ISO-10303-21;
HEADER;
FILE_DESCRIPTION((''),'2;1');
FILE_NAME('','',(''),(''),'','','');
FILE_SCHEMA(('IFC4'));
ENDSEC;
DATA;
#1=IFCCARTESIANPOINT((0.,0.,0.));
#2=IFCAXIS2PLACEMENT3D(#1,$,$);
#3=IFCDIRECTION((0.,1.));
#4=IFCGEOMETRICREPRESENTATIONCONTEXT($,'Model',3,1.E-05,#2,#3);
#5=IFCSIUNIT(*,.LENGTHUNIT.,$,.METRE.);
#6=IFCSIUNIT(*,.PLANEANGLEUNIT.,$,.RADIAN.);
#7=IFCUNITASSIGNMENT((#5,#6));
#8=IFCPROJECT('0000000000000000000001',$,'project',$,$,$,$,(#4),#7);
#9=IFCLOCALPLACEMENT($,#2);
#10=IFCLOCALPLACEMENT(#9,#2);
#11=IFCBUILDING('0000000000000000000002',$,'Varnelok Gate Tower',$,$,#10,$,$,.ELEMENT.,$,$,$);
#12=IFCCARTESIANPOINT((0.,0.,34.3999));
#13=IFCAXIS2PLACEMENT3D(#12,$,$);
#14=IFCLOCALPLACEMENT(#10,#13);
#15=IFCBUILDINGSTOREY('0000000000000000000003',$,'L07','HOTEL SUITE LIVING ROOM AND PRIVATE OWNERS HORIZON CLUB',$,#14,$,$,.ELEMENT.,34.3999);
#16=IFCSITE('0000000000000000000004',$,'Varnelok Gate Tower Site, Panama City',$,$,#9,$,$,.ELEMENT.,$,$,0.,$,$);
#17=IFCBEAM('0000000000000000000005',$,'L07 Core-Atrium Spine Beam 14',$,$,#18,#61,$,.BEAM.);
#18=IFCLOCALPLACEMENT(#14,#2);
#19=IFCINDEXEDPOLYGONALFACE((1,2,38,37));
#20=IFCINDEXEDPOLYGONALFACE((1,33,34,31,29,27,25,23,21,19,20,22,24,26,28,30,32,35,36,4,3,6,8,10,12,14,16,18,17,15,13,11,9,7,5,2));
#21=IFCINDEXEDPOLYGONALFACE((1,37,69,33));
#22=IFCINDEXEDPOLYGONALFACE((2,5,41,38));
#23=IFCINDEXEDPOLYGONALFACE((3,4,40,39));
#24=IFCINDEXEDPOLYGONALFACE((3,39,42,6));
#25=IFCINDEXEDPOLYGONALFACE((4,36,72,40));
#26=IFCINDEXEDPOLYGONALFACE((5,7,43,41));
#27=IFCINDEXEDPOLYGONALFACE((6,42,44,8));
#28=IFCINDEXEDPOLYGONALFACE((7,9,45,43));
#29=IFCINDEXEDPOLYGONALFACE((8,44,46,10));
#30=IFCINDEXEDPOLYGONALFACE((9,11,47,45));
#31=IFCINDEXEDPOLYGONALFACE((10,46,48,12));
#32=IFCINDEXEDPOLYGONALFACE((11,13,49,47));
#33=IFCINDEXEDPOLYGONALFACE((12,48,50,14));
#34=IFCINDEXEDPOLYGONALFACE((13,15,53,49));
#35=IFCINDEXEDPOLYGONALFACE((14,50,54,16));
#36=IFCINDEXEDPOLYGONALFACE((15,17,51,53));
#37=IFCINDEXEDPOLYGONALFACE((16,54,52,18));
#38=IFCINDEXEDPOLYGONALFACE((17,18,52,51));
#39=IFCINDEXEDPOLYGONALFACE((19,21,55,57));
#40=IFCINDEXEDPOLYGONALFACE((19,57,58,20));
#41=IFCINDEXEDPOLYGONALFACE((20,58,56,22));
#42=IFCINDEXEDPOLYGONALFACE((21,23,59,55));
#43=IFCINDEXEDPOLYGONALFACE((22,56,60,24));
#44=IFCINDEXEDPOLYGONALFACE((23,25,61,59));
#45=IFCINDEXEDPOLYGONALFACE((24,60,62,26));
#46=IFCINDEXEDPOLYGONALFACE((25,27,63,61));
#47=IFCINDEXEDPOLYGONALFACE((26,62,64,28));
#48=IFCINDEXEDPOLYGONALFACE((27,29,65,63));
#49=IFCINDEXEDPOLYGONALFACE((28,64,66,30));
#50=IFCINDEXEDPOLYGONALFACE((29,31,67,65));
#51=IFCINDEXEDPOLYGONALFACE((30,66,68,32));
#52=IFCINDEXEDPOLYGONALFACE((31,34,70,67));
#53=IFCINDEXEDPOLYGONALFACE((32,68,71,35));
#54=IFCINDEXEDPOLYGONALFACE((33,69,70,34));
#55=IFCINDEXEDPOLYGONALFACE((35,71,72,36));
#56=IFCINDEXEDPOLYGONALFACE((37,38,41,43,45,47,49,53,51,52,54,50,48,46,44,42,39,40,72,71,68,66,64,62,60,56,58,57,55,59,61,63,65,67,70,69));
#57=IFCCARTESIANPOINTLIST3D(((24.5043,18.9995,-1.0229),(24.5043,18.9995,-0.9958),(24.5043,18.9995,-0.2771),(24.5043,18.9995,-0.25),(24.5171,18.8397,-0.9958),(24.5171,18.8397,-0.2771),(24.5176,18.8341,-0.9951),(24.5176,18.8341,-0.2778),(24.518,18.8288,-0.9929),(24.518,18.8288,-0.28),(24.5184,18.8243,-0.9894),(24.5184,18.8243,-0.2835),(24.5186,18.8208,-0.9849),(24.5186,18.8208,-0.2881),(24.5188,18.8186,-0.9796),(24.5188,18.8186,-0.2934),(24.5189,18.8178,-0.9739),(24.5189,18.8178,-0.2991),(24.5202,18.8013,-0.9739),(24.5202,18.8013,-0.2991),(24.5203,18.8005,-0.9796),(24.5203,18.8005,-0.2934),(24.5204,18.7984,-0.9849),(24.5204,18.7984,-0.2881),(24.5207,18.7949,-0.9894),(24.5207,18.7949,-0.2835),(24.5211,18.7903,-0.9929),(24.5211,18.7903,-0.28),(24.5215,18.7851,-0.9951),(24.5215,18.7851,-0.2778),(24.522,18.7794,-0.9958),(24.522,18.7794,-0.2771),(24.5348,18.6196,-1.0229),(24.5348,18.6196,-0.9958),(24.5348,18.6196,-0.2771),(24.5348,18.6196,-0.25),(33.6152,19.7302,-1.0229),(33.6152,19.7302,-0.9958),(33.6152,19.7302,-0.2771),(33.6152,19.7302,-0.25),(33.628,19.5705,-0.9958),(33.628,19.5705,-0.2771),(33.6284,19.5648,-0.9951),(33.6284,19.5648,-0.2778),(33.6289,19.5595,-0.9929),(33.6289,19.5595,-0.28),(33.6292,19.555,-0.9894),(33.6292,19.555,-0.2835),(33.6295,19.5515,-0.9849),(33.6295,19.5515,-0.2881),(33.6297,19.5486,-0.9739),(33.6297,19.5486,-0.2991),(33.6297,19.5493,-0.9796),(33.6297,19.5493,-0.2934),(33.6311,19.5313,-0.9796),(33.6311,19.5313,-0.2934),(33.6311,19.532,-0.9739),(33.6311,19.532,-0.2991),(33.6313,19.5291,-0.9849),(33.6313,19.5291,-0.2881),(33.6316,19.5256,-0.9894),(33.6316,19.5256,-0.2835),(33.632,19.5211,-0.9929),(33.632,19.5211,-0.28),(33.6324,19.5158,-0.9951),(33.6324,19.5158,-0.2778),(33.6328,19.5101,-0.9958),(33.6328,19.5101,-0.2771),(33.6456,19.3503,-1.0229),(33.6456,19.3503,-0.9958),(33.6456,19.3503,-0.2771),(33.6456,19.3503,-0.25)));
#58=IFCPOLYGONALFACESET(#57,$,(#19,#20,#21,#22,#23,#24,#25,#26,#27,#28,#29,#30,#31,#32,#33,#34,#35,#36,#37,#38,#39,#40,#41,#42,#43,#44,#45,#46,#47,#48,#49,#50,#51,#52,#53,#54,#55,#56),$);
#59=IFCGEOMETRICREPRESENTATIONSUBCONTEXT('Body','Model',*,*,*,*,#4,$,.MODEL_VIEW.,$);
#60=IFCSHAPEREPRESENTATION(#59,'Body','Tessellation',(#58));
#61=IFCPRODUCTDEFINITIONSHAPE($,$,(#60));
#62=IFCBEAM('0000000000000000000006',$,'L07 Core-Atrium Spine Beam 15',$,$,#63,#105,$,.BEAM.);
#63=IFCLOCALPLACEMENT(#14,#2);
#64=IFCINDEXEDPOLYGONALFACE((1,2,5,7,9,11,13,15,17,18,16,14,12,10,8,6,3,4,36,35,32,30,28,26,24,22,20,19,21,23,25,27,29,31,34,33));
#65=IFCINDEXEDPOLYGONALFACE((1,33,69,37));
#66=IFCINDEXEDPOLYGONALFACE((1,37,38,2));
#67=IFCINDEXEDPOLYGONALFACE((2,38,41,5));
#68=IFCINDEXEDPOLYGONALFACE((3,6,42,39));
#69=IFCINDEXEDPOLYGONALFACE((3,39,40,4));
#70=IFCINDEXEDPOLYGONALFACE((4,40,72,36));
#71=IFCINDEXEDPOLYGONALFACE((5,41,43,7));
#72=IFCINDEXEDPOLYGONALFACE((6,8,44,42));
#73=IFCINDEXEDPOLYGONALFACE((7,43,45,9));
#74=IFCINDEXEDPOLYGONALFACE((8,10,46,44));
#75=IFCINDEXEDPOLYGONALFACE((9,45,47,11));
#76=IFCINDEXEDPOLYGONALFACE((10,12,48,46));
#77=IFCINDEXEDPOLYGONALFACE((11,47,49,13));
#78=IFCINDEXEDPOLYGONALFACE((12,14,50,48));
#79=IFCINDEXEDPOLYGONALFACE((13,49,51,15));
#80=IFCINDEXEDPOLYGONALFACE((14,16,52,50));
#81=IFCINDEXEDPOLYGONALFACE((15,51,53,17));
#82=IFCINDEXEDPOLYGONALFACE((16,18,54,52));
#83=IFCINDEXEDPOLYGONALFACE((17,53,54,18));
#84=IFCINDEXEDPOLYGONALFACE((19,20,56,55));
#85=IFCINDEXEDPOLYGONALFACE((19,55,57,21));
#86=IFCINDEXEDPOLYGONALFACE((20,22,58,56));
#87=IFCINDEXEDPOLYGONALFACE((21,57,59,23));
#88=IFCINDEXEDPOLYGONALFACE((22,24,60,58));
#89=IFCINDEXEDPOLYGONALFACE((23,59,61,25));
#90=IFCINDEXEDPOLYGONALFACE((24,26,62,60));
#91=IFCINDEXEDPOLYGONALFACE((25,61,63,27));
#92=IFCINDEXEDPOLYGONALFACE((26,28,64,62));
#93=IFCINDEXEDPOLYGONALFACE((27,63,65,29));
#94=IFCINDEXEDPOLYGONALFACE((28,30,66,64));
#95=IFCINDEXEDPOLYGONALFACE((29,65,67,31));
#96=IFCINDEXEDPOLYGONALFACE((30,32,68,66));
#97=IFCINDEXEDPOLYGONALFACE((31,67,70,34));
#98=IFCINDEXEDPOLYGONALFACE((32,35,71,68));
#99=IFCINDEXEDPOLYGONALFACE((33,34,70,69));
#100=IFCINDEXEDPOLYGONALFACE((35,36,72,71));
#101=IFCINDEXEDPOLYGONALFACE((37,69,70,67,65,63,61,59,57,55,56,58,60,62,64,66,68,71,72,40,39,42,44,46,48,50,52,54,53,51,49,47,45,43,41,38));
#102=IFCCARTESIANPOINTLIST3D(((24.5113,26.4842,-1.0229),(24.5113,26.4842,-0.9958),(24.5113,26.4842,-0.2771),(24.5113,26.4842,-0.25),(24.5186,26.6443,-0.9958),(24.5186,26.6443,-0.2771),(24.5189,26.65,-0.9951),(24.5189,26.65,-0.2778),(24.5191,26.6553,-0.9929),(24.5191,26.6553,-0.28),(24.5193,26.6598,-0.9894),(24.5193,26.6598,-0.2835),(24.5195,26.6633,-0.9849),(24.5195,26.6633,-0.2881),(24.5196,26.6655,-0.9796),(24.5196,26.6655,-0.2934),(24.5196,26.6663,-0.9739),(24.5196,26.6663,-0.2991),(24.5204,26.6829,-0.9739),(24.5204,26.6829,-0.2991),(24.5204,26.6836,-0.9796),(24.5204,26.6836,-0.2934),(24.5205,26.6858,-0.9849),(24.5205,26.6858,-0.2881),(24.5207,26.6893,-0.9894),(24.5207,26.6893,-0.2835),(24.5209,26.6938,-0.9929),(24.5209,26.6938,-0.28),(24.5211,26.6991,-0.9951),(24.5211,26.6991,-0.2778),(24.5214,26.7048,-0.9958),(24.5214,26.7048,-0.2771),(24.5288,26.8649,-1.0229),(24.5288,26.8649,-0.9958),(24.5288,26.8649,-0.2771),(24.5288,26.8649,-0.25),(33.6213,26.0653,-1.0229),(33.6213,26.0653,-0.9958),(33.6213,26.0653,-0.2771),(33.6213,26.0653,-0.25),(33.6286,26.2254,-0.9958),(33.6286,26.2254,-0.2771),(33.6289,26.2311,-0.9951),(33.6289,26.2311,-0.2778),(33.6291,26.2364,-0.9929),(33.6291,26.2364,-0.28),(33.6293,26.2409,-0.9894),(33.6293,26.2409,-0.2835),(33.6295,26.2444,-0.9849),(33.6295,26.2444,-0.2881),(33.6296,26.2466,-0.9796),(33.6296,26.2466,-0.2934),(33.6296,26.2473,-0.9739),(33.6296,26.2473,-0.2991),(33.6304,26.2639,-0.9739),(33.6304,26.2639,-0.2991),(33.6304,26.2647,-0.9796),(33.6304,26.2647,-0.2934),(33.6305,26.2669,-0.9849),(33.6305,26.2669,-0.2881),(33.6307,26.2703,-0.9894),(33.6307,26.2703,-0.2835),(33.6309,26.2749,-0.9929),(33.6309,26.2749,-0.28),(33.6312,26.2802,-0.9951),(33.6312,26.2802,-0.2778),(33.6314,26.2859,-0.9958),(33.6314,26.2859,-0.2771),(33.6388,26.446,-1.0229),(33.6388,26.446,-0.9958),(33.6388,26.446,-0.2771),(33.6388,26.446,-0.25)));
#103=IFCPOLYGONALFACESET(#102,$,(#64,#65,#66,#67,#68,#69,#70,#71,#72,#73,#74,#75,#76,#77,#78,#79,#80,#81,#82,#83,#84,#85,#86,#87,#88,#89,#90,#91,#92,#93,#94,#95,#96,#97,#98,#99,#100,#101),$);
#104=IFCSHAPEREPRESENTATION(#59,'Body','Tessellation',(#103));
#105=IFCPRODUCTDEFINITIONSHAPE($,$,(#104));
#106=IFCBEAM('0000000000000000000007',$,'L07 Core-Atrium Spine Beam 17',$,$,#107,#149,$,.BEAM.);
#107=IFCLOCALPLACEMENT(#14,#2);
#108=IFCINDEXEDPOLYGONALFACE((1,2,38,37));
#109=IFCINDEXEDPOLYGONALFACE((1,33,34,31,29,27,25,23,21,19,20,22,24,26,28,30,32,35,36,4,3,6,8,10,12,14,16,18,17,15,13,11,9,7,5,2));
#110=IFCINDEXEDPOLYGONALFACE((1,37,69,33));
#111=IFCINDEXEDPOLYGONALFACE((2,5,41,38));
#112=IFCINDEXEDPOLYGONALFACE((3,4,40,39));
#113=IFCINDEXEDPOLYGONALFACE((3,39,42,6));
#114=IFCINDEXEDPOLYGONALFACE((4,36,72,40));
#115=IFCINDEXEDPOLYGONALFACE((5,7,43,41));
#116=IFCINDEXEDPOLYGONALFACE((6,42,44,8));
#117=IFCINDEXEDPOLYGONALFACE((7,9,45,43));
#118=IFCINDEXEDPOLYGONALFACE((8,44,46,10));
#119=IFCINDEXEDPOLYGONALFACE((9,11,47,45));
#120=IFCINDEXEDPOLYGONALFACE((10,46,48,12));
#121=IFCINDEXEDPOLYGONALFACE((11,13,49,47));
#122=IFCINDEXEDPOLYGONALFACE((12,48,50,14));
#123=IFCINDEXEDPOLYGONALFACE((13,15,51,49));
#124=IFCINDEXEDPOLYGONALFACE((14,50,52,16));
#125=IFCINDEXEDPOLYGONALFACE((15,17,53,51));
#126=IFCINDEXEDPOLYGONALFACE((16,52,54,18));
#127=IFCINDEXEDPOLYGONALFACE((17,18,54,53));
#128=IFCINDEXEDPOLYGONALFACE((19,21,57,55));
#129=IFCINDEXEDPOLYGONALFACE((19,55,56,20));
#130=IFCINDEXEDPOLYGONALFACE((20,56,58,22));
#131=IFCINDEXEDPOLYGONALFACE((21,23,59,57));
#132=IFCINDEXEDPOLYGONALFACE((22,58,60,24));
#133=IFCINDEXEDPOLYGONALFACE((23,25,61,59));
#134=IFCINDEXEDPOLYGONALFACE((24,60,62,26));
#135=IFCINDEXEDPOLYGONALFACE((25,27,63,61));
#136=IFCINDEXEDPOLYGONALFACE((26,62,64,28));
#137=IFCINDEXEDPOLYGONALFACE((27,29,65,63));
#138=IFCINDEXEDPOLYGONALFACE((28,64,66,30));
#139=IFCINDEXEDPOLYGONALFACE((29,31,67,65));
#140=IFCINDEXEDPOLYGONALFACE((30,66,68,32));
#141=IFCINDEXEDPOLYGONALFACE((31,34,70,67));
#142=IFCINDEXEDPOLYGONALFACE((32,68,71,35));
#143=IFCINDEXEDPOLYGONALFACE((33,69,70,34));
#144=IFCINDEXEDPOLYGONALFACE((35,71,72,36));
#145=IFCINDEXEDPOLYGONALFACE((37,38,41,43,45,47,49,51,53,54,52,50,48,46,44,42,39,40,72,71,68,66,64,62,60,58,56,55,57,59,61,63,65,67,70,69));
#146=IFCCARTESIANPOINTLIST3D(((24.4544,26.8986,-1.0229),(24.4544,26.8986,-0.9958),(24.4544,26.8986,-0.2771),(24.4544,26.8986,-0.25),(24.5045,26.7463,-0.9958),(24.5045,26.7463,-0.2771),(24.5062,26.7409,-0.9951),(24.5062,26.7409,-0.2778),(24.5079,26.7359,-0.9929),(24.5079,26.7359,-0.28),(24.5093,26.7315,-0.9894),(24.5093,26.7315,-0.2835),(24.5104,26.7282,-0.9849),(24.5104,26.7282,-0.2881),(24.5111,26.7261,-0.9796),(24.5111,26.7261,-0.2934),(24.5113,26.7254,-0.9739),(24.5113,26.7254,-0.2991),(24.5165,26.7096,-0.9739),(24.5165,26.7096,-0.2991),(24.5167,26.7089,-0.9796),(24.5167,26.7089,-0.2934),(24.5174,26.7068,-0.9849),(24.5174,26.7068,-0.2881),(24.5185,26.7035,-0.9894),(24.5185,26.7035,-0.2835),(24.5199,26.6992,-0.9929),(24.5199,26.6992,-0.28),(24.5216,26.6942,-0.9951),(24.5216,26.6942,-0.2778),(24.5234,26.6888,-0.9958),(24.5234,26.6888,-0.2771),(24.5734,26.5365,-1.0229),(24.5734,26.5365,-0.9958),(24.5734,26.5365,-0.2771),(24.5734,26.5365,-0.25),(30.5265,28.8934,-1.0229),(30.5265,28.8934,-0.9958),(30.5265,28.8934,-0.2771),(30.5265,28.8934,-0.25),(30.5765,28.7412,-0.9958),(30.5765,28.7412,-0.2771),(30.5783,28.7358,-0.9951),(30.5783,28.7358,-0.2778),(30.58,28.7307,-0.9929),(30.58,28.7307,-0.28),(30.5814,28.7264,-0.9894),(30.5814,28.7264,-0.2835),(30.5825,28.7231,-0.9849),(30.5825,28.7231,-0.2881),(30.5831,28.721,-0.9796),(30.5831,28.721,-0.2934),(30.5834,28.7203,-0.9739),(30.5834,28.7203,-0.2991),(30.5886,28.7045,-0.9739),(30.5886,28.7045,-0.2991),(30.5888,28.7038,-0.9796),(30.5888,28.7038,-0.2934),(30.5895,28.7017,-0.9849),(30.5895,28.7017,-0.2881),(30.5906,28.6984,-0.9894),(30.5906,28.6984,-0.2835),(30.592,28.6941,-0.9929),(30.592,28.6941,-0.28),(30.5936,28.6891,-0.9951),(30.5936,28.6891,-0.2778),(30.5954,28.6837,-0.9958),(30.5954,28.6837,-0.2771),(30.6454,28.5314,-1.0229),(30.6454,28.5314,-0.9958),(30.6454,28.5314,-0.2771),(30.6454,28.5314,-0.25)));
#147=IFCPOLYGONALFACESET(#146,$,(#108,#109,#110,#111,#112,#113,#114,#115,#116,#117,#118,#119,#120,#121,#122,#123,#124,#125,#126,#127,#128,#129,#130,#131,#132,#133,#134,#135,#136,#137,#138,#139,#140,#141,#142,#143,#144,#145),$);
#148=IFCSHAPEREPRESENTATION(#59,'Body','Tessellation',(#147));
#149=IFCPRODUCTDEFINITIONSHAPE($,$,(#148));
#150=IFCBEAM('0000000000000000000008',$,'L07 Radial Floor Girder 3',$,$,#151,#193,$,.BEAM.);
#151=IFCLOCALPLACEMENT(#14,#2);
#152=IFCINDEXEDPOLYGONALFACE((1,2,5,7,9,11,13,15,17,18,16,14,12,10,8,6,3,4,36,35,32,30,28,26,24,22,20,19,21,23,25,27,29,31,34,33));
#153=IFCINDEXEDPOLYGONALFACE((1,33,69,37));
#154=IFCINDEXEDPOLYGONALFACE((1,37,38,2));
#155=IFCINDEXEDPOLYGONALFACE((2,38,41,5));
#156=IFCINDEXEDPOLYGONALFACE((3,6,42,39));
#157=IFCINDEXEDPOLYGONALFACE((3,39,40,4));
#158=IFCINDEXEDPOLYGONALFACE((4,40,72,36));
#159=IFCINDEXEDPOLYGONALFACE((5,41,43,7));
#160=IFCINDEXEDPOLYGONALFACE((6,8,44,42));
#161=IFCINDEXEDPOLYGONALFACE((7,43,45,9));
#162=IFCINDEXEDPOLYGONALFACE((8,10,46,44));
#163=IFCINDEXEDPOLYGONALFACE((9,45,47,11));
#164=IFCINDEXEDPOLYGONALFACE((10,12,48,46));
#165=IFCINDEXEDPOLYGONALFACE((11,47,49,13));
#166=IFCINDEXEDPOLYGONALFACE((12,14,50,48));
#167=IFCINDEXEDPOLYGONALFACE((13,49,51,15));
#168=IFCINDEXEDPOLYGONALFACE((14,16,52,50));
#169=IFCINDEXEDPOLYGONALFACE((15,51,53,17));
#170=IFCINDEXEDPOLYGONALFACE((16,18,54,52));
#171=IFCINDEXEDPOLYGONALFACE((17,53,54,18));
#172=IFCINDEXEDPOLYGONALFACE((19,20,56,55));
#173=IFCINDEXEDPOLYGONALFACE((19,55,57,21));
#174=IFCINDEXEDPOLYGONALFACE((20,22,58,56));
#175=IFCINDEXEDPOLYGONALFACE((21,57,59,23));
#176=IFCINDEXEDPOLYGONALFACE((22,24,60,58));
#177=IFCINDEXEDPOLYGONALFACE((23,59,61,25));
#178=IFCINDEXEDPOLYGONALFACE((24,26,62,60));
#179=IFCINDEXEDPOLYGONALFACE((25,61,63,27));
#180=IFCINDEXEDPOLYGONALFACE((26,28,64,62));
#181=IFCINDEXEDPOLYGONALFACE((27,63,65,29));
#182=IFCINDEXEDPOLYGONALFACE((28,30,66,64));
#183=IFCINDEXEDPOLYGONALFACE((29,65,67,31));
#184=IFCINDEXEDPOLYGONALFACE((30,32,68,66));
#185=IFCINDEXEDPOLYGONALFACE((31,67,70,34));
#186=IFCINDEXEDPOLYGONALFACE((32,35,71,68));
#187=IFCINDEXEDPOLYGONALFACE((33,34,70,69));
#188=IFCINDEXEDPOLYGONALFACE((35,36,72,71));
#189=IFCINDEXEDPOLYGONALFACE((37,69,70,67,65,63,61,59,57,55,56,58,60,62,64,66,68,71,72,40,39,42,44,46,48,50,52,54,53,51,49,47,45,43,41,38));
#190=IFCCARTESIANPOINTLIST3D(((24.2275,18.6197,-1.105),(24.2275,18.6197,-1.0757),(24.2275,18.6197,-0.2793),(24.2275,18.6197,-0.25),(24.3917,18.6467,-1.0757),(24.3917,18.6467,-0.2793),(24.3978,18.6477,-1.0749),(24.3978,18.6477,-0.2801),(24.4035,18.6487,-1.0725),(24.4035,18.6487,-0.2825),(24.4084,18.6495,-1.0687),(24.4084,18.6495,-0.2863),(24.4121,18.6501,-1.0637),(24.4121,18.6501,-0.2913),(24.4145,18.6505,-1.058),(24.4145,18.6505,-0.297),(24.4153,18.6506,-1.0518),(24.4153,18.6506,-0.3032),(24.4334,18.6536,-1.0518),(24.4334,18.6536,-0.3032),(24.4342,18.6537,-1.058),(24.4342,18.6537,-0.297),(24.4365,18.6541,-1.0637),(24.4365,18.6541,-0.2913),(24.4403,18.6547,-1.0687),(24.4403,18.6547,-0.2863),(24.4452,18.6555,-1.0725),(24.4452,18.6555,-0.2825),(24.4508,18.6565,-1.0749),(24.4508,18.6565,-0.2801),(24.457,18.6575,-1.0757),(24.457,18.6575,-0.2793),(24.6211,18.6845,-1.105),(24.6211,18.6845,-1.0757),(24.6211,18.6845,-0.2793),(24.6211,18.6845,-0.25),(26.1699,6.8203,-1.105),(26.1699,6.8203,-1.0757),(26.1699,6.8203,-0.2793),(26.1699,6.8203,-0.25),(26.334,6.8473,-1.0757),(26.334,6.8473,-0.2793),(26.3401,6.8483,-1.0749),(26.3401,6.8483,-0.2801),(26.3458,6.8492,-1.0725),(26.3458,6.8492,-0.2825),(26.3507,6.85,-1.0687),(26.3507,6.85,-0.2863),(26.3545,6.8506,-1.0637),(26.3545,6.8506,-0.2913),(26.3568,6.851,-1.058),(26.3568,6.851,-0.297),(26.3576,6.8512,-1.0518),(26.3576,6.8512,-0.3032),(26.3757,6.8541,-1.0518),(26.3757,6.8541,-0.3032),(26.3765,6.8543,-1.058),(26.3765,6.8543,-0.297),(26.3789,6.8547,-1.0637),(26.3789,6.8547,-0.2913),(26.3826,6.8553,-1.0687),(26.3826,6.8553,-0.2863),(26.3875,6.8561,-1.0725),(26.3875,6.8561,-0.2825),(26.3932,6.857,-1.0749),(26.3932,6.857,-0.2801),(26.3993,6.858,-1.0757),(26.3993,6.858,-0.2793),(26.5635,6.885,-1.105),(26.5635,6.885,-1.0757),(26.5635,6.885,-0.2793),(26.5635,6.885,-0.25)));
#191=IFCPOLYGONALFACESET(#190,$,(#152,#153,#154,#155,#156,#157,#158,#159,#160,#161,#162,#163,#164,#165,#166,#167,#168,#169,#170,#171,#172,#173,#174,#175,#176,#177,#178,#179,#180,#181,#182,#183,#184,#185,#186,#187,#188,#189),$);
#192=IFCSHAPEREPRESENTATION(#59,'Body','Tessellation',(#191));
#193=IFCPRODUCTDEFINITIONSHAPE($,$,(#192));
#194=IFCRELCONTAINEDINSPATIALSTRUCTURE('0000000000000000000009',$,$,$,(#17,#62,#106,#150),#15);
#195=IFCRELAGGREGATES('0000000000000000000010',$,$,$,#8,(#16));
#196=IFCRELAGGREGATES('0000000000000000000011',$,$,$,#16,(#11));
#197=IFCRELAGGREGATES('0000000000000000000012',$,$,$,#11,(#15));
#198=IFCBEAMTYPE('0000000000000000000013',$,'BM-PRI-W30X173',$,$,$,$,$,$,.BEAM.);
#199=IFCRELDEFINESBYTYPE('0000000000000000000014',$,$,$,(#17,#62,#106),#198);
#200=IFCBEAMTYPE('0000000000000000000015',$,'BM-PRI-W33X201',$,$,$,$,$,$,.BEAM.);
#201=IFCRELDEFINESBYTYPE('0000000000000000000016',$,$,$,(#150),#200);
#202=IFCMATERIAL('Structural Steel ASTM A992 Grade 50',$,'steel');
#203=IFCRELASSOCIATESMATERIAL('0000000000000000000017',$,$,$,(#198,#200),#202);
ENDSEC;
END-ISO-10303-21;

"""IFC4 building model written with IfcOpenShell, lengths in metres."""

from ifc_helpers import new_model, si_unit, direction, frame, origin, origin_2d, place, context, subcontext, project, spatial, i_section, extrude, material, material_profile, profile_set, type_object, element, save


model = new_model("IFC4")

# Units and contexts
model_context = context("Model", 3, precision=1e-05, world=origin(), true_north=direction((0.0, 1.0)))
body_context = subcontext(model_context, "Body", "Model", "MODEL_VIEW")
ifc_project = project(units=[si_unit("LENGTHUNIT", "METRE"), si_unit("PLANEANGLEUNIT", "RADIAN")], contexts=[model_context])

# Site, building, storey
site_placement = place(None, origin())
site = spatial("IfcSite", under=ifc_project, at=site_placement, Name="Varnelok Gate Tower Site, Panama City", CompositionType="ELEMENT", RefElevation=0.0)
building_placement = place(site_placement, origin())
building = spatial("IfcBuilding", under=site, at=building_placement, Name="Varnelok Gate Tower", CompositionType="ELEMENT")
storey_placement = place(building_placement, frame((0.0, 0.0, 34.3999)))
storey = spatial("IfcBuildingStorey", under=building, at=storey_placement, Name="L07", Description="HOTEL SUITE LIVING ROOM AND PRIVATE OWNERS HORIZON CLUB", CompositionType="ELEMENT", Elevation=34.3999)

# Shared definitions
ifc_material_1 = material(Name="Structural Steel ASTM A992 Grade 50", Category="steel")

# Beams
ifc_material_profile_1 = material_profile(ifc_material_1, i_section(OverallWidth=0.3811, OverallDepth=0.7729, WebThickness=0.0166, FlangeThickness=0.0271, FilletRadius=0.022, at=origin_2d()), Name="W30X173")
ifc_profile_set_1 = profile_set([ifc_material_profile_1], Name="Structural Steel ASTM A992 Grade 50")
beam_type_1 = type_object("IfcBeamType", Name="BM-PRI-W30X173", PredefinedType="BEAM", material=ifc_profile_set_1)
beam_1_placement = place(storey_placement, frame((24.5195, 18.8096, -0.6365), z_axis=(0.996799, 0.079946, 0.0), x_axis=(-0.079946, 0.996799, 0.0)))
element("IfcBeam", 1, at=beam_1_placement, inside=storey, type_object=beam_type_1, Name="L07 Core-Atrium Spine Beam 14", PredefinedType="BEAM", context=body_context, shape_type="SweptSolid", body=[
    extrude(i_section(OverallWidth=0.3811, OverallDepth=0.7729, WebThickness=0.0166, FlangeThickness=0.0271, FilletRadius=0.022, at=origin_2d()), origin(), (0.0, 0.0, 1.0), 9.1401),
])
beam_2_placement = place(storey_placement, frame((24.52, 26.6746, -0.6365), z_axis=(0.998944, -0.045938, 0.0), x_axis=(0.045938, 0.998944, 0.0)))
element("IfcBeam", 2, at=beam_2_placement, inside=storey, type_object=beam_type_1, Name="L07 Core-Atrium Spine Beam 15", PredefinedType="BEAM", context=body_context, shape_type="SweptSolid", body=[
    extrude(i_section(OverallWidth=0.3811, OverallDepth=0.7729, WebThickness=0.0166, FlangeThickness=0.0271, FilletRadius=0.022, at=origin_2d()), origin(), (0.0, 0.0, 1.0), 9.1196),
])
beam_3_placement = place(storey_placement, frame((24.5139, 26.7175, -0.6365), z_axis=(0.950042, 0.312122, 0.0), x_axis=(-0.312122, 0.950042, 0.0)))
element("IfcBeam", 3, at=beam_3_placement, inside=storey, type_object=beam_type_1, Name="L07 Core-Atrium Spine Beam 17", PredefinedType="BEAM", context=body_context, shape_type="SweptSolid", body=[
    extrude(i_section(OverallWidth=0.3811, OverallDepth=0.7729, WebThickness=0.0166, FlangeThickness=0.0271, FilletRadius=0.022, at=origin_2d()), origin(), (0.0, 0.0, 1.0), 6.3914),
])
ifc_material_profile_2 = material_profile(ifc_material_1, i_section(OverallWidth=0.3989, OverallDepth=0.855, WebThickness=0.0183, FlangeThickness=0.0293, FilletRadius=0.0239, at=origin_2d()), Name="W33X201")
ifc_profile_set_2 = profile_set([ifc_material_profile_2], Name="Structural Steel ASTM A992 Grade 50")
beam_type_2 = type_object("IfcBeamType", Name="BM-PRI-W33X201", PredefinedType="BEAM", material=ifc_profile_set_2)
beam_4_placement = place(storey_placement, frame((24.4243, 18.6521, -0.6775), z_axis=(0.162429, -0.98672, 0.0), x_axis=(0.98672, 0.162429, 0.0)))
element("IfcBeam", 4, at=beam_4_placement, inside=storey, type_object=beam_type_2, Name="L07 Radial Floor Girder 3", PredefinedType="BEAM", context=body_context, shape_type="SweptSolid", body=[
    extrude(i_section(OverallWidth=0.3989, OverallDepth=0.855, WebThickness=0.0183, FlangeThickness=0.0293, FilletRadius=0.0239, at=origin_2d()), origin(), (0.0, 0.0, 1.0), 11.9583),
])

save(model, "model.ifc")
